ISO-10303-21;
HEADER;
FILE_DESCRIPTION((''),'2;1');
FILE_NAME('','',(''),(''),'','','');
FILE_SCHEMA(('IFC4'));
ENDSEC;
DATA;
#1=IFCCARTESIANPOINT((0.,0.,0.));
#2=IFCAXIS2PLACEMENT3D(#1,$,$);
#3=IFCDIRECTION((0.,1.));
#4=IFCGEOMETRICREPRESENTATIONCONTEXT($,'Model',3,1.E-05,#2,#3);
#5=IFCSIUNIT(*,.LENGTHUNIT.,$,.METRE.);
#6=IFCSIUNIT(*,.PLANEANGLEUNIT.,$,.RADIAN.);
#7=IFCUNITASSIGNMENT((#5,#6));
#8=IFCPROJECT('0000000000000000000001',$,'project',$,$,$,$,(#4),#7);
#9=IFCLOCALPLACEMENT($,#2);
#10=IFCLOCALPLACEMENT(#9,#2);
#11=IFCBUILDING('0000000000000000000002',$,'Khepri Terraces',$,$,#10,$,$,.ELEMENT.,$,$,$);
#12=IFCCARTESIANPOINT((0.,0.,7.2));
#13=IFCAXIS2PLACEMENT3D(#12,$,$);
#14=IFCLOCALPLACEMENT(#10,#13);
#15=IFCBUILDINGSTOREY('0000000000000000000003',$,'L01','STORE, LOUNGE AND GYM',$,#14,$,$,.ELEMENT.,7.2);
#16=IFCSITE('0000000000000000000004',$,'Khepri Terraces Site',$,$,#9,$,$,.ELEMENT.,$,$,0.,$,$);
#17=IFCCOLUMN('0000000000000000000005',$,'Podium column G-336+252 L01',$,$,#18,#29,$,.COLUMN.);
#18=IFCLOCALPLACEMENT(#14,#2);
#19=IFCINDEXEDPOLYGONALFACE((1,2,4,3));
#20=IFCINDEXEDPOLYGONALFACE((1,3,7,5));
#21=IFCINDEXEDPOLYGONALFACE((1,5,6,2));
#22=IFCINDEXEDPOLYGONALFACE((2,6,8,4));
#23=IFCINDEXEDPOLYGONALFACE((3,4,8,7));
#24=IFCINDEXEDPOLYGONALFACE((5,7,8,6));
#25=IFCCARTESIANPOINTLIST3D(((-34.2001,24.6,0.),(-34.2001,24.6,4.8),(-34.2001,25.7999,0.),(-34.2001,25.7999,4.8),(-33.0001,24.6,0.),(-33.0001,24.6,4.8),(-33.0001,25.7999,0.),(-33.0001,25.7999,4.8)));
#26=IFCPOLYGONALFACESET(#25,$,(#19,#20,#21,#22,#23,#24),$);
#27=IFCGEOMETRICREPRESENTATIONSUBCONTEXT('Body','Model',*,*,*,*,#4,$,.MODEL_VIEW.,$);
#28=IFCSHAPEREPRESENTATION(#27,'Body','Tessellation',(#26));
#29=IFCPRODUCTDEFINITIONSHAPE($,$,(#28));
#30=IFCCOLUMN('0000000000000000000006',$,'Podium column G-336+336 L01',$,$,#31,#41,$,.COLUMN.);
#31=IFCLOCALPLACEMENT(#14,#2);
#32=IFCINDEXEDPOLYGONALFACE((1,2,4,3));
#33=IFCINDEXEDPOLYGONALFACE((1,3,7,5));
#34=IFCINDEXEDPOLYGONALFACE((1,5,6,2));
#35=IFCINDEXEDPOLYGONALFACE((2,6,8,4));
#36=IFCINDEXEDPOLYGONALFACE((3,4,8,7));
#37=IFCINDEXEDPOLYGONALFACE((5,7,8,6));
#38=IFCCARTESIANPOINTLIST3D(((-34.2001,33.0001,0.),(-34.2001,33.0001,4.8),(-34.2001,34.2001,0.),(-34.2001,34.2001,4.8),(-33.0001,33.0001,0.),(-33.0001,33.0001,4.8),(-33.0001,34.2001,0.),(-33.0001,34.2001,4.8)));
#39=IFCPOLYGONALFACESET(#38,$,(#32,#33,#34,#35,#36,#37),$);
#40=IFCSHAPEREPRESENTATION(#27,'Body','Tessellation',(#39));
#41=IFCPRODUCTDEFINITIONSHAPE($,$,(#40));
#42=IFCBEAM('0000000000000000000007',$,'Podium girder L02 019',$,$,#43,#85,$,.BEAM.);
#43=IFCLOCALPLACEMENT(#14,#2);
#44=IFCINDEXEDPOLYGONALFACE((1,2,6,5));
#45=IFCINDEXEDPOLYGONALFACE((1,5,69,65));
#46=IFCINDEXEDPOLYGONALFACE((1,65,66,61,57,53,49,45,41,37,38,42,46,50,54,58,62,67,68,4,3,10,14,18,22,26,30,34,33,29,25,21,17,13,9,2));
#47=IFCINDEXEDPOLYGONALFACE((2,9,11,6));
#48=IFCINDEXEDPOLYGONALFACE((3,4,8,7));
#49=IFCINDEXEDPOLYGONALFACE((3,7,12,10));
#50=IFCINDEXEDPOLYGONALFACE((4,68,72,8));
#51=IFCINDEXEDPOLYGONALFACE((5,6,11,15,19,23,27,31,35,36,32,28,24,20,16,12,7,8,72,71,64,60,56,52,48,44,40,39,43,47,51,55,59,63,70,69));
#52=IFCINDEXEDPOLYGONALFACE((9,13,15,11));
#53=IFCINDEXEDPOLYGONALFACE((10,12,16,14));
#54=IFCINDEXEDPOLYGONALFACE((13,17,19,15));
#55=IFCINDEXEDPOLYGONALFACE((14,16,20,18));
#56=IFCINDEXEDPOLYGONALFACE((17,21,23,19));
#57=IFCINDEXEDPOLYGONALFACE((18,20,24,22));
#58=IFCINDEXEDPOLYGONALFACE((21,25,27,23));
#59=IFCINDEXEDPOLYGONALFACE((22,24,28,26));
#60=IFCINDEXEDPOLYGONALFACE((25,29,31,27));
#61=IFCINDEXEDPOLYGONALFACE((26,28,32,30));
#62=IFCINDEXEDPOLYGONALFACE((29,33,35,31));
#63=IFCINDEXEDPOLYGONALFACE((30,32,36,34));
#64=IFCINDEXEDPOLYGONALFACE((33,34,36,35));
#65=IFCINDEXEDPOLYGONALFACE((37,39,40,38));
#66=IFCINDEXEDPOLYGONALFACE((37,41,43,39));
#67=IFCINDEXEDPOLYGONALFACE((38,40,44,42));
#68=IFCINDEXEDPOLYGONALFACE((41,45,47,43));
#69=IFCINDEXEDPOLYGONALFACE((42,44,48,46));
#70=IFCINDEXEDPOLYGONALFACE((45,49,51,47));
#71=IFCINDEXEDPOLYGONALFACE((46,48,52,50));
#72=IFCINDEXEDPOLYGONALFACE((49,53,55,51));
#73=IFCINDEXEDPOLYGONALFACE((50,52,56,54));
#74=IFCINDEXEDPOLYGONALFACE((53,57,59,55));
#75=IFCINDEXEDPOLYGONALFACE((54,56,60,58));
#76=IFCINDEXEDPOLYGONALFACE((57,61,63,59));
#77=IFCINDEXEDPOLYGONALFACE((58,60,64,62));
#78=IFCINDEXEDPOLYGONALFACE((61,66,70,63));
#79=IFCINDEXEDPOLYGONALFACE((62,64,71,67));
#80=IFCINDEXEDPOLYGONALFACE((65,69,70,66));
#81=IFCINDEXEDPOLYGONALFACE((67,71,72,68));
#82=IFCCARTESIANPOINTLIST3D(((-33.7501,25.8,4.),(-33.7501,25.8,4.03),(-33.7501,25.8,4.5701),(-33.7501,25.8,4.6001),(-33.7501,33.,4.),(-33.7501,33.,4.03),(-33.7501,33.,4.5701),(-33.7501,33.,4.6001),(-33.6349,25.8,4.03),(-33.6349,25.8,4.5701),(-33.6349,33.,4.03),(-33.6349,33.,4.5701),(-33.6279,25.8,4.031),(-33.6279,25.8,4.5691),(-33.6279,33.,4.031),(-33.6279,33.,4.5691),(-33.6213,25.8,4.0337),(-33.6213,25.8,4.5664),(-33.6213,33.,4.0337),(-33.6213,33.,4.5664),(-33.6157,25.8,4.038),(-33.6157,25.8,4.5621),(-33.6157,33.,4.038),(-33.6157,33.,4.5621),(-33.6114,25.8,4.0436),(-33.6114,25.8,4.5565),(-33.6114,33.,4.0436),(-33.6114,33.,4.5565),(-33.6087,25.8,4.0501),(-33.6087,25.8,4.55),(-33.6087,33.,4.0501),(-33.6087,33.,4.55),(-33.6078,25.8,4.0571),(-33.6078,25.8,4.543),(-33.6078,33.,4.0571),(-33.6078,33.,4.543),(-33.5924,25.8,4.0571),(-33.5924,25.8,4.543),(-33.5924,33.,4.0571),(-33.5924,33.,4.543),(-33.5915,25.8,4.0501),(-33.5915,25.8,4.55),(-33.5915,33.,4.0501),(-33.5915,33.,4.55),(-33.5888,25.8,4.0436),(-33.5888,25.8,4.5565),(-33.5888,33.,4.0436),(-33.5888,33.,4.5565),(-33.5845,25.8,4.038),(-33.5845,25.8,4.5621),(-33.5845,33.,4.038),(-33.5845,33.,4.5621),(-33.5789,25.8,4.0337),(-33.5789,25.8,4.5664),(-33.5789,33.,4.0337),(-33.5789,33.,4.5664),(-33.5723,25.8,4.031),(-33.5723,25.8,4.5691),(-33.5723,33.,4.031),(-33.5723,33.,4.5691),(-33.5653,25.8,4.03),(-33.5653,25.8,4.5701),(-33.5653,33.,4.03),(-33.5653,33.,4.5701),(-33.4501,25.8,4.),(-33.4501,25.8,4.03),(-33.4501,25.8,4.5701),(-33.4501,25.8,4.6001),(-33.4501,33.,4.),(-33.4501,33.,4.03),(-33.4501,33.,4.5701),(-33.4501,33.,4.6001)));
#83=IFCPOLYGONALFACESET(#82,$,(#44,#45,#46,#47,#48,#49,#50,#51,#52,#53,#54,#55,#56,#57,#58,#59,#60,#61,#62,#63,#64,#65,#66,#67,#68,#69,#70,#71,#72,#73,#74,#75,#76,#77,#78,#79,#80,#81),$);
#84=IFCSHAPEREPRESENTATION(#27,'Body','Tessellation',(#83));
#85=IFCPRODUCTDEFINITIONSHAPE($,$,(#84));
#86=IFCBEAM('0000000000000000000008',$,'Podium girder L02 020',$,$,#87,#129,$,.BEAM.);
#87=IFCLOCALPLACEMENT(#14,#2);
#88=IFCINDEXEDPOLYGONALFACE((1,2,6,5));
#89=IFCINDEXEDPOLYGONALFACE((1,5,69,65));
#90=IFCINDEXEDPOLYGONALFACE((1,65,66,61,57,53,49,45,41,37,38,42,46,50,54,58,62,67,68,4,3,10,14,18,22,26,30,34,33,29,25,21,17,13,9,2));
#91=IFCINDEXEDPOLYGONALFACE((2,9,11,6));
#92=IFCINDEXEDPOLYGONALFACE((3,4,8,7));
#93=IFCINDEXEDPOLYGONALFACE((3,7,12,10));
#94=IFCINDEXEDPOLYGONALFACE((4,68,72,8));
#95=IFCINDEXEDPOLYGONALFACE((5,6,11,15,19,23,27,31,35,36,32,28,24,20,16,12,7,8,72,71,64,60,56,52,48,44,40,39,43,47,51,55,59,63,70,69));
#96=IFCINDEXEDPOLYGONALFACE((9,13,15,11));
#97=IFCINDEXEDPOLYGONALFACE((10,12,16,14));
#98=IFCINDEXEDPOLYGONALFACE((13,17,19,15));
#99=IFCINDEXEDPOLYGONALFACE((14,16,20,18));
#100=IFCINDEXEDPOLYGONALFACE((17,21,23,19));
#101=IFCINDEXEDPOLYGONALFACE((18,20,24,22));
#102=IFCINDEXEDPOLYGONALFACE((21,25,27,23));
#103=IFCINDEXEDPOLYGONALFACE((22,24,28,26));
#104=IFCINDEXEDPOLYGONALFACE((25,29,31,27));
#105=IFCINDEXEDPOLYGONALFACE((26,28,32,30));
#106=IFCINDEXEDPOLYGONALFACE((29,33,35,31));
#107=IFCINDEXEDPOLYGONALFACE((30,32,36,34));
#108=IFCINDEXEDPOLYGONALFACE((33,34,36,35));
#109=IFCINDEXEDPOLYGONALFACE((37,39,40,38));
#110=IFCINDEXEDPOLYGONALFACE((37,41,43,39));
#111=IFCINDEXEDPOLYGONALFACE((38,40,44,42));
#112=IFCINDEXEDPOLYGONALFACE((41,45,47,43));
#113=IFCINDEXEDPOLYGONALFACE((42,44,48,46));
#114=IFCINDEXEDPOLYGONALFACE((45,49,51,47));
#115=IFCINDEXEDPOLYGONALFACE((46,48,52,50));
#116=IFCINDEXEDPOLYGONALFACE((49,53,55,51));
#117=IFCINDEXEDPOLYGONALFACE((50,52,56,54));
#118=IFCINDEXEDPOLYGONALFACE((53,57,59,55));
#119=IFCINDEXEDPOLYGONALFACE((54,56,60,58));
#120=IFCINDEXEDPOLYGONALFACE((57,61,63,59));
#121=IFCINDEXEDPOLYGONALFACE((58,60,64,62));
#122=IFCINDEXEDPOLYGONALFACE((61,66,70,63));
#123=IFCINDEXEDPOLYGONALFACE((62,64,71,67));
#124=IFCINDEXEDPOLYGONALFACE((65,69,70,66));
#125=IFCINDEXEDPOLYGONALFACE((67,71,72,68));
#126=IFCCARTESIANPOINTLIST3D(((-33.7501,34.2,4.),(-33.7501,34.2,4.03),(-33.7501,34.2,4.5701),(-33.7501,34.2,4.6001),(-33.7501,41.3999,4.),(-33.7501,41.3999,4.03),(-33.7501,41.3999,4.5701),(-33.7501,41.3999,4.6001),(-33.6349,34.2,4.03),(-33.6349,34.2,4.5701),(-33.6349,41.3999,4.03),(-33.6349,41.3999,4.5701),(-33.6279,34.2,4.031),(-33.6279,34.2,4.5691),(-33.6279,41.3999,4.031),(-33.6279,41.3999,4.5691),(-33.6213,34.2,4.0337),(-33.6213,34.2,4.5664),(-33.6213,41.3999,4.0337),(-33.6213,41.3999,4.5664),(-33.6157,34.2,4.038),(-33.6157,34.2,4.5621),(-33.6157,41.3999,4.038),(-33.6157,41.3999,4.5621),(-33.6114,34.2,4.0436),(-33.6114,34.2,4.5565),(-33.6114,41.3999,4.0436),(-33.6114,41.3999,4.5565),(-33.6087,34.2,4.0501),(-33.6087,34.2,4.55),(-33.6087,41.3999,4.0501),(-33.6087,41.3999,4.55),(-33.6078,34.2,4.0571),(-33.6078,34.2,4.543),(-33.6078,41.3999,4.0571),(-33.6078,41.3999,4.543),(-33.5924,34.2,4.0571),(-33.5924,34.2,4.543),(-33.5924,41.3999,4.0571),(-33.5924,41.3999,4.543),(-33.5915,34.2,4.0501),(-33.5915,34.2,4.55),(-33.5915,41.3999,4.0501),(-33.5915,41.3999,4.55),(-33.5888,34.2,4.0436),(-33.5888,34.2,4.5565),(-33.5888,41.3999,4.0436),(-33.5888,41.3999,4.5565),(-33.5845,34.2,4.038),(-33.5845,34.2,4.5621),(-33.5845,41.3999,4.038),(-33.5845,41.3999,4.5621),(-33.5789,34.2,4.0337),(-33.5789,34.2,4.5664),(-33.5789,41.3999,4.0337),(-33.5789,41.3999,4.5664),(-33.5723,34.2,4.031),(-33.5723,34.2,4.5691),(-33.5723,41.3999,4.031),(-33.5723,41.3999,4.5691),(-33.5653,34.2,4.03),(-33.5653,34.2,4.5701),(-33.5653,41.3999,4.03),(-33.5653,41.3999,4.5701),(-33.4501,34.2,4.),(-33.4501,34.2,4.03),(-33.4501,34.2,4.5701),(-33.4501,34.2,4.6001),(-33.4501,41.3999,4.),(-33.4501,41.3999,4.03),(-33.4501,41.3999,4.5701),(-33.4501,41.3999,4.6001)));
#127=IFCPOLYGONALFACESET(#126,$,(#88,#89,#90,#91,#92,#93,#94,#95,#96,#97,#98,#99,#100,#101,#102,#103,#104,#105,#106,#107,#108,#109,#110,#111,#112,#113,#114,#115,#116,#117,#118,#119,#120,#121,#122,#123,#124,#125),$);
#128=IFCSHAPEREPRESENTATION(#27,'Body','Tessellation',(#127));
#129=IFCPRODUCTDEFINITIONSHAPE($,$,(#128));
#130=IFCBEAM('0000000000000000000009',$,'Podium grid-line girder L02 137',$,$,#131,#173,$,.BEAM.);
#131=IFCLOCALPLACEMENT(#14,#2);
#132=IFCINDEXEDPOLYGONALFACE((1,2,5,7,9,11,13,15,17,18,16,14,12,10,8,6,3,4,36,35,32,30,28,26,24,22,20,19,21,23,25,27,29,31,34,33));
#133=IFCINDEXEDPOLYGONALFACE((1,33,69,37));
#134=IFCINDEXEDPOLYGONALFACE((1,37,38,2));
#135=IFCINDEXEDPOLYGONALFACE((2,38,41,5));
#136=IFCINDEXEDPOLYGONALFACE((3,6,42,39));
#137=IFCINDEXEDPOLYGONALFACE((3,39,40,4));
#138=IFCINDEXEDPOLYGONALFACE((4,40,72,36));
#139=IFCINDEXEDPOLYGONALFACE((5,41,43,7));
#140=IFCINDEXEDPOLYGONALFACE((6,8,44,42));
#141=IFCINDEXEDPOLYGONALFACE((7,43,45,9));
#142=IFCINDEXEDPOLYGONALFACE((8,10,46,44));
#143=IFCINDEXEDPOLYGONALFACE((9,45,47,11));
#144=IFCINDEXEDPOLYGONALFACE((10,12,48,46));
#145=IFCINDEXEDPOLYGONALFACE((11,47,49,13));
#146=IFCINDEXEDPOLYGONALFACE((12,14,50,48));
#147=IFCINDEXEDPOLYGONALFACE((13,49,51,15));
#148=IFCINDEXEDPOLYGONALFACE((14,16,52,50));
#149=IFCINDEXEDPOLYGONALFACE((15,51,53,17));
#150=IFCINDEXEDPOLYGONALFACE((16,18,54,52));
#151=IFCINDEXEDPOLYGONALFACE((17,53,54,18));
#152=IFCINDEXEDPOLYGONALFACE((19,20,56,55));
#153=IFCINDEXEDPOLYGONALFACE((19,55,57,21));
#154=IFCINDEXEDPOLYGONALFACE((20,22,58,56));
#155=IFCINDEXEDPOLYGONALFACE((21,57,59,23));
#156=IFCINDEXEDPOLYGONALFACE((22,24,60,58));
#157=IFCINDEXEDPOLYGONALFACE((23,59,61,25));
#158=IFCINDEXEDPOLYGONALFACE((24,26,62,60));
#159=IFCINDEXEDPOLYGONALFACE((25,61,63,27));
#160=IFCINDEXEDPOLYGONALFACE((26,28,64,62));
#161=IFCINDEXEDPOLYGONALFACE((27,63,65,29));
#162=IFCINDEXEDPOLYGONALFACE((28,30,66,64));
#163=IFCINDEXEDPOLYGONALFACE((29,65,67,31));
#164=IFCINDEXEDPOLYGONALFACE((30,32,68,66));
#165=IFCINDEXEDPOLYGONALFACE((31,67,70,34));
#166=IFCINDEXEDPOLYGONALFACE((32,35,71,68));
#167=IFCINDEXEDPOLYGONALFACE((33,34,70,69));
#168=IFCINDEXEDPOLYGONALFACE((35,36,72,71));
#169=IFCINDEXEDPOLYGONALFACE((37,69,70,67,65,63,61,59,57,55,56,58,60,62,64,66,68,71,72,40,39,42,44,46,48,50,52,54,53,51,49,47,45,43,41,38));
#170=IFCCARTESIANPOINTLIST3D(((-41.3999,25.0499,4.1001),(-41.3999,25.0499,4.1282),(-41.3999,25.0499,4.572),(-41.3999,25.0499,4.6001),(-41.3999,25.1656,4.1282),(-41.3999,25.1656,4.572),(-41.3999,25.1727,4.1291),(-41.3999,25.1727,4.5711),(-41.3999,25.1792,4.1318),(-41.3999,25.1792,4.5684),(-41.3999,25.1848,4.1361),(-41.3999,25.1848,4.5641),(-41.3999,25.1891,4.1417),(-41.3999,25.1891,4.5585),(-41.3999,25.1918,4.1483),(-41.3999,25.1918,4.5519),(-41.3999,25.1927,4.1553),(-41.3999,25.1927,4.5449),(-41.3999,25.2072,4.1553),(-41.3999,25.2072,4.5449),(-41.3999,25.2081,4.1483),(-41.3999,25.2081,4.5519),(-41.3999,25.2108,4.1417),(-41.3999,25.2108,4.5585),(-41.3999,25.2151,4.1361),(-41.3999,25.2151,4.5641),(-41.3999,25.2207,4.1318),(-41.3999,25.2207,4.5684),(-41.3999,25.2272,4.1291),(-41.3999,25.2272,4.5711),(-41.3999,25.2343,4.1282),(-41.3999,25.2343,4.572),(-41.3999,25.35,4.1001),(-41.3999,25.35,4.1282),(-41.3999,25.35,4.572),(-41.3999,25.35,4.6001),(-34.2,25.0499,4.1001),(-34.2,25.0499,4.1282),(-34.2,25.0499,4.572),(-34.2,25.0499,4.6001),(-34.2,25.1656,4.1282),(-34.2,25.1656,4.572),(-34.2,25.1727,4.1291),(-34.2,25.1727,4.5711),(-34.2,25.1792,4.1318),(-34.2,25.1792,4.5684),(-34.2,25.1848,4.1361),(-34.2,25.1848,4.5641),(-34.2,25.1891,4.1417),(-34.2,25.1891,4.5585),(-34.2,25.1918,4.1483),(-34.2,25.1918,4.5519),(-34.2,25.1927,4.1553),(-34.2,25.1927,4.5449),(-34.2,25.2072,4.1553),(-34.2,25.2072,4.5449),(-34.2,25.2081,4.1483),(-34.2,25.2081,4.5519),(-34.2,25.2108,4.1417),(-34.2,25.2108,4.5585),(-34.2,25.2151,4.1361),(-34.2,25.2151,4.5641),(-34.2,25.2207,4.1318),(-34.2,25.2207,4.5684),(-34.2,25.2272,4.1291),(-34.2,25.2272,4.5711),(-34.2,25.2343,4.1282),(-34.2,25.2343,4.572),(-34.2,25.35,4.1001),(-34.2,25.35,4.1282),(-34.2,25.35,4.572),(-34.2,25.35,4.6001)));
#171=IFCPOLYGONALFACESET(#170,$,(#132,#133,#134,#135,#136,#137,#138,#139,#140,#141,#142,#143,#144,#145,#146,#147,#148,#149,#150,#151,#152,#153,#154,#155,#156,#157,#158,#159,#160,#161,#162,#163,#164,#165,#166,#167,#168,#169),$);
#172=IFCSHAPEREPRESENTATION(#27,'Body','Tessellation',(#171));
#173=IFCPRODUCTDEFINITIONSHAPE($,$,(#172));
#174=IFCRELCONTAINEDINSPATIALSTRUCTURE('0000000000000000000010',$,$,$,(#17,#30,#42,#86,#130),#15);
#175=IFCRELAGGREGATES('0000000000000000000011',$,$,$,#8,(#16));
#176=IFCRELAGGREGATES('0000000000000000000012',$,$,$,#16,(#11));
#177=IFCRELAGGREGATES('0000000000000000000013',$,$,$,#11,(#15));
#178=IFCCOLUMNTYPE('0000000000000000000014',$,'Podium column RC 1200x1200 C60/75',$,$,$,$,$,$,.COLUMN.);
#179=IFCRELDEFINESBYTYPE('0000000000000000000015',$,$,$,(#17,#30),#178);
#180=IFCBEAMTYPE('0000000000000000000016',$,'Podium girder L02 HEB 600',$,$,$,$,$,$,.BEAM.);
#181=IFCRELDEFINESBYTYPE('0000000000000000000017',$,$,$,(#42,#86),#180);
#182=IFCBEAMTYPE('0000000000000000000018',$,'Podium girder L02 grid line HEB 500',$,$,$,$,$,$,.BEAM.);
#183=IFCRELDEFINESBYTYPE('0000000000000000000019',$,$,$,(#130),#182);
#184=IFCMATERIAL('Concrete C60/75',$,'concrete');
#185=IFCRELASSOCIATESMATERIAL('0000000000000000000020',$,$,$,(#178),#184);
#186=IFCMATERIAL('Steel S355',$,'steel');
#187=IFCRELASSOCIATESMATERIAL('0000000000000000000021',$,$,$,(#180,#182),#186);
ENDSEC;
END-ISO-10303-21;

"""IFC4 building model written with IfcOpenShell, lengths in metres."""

from ifc_helpers import new_model, si_unit, direction, frame, origin, origin_2d, place, context, subcontext, project, spatial, rectangle, i_section, extrude, material, material_profile, profile_set, type_object, element, save


model = new_model("IFC4")

# Units and contexts
model_context = context("Model", 3, precision=1e-05, world=origin(), true_north=direction((0.0, 1.0)))
body_context = subcontext(model_context, "Body", "Model", "MODEL_VIEW")
ifc_project = project(units=[si_unit("LENGTHUNIT", "METRE"), si_unit("PLANEANGLEUNIT", "RADIAN")], contexts=[model_context])

# Site, building, storey
site_placement = place(None, origin())
site = spatial("IfcSite", under=ifc_project, at=site_placement, Name="Khepri Terraces Site", CompositionType="ELEMENT", RefElevation=0.0)
building_placement = place(site_placement, origin())
building = spatial("IfcBuilding", under=site, at=building_placement, Name="Khepri Terraces", CompositionType="ELEMENT")
storey_placement = place(building_placement, frame((0.0, 0.0, 7.2)))
storey = spatial("IfcBuildingStorey", under=building, at=storey_placement, Name="L01", Description="STORE, LOUNGE AND GYM", CompositionType="ELEMENT", Elevation=7.2)

# Columns
ifc_material_1 = material(Name="Concrete C60/75", Category="concrete")
ifc_material_profile_1 = material_profile(ifc_material_1, rectangle(XDim=1.2, YDim=1.2, at=origin_2d()), Name="Concrete C60/75", Category="concrete")
ifc_profile_set_1 = profile_set([ifc_material_profile_1], Name="Concrete C60/75")
column_type = type_object("IfcColumnType", Name="Podium column RC 1200x1200 C60/75", PredefinedType="COLUMN", material=ifc_profile_set_1)
for number, where, z_axis, x_axis, name in (
    (1, (-33.6001, 25.2, 0.0), (0.0, 0.0, 1.0), (1.0, 0.0, 0.0), "Podium column G-336+252 L01"),
    (2, (-33.6001, 33.6001, 0.0), (0.0, 0.0, 1.0), (1.0, 0.0, 0.0), "Podium column G-336+336 L01"),
):
    element("IfcColumn", number, at=place(storey_placement, frame(where, z_axis=z_axis, x_axis=x_axis)), inside=storey, type_object=column_type, Name=name, PredefinedType="COLUMN", context=body_context, shape_type="SweptSolid", body=[
        extrude(rectangle(XDim=1.2, YDim=1.2, at=origin_2d()), origin(), (0.0, 0.0, 1.0), 4.8),
    ])

# Beams
ifc_material_2 = material(Name="Steel S355", Category="steel")
ifc_material_profile_2 = material_profile(ifc_material_2, i_section(OverallWidth=0.3, OverallDepth=0.6001, WebThickness=0.0154, FlangeThickness=0.03, FilletRadius=0.0271, at=origin_2d()), Name="Steel S355", Category="steel")
ifc_profile_set_2 = profile_set([ifc_material_profile_2], Name="Steel S355")
beam_type_1 = type_object("IfcBeamType", Name="Podium girder L02 HEB 600", PredefinedType="BEAM", material=ifc_profile_set_2)
for number, where, z_axis, x_axis, name in (
    (3, (-33.6001, 25.8, 4.3), (0.0, 1.0, 0.0), (-1.0, 0.0, 0.0), "Podium girder L02 019"),
    (4, (-33.6001, 34.2, 4.3), (0.0, 1.0, 0.0), (-1.0, 0.0, 0.0), "Podium girder L02 020"),
):
    element("IfcBeam", number, at=place(storey_placement, frame(where, z_axis=z_axis, x_axis=x_axis)), inside=storey, type_object=beam_type_1, Name=name, PredefinedType="BEAM", context=body_context, shape_type="SweptSolid", body=[
        extrude(i_section(OverallWidth=0.3, OverallDepth=0.6001, WebThickness=0.0154, FlangeThickness=0.03, FilletRadius=0.0271, at=origin_2d()), origin(), (0.0, 0.0, 1.0), 7.2),
    ])
ifc_material_profile_3 = material_profile(ifc_material_2, i_section(OverallWidth=0.3, OverallDepth=0.5, WebThickness=0.0144, FlangeThickness=0.0281, FilletRadius=0.0271, at=origin_2d()), Name="Steel S355", Category="steel")
ifc_profile_set_3 = profile_set([ifc_material_profile_3], Name="Steel S355")
beam_type_2 = type_object("IfcBeamType", Name="Podium girder L02 grid line HEB 500", PredefinedType="BEAM", material=ifc_profile_set_3)
beam_1_placement = place(storey_placement, frame((-41.3999, 25.2, 4.3501), z_axis=(1.0, 0.0, 0.0), x_axis=(0.0, 1.0, 0.0)))
element("IfcBeam", 5, at=beam_1_placement, inside=storey, type_object=beam_type_2, Name="Podium grid-line girder L02 137", PredefinedType="BEAM", context=body_context, shape_type="SweptSolid", body=[
    extrude(i_section(OverallWidth=0.3, OverallDepth=0.5, WebThickness=0.0144, FlangeThickness=0.0281, FilletRadius=0.0271, at=origin_2d()), origin(), (0.0, 0.0, 1.0), 7.2),
])

save(model, "model.ifc")
